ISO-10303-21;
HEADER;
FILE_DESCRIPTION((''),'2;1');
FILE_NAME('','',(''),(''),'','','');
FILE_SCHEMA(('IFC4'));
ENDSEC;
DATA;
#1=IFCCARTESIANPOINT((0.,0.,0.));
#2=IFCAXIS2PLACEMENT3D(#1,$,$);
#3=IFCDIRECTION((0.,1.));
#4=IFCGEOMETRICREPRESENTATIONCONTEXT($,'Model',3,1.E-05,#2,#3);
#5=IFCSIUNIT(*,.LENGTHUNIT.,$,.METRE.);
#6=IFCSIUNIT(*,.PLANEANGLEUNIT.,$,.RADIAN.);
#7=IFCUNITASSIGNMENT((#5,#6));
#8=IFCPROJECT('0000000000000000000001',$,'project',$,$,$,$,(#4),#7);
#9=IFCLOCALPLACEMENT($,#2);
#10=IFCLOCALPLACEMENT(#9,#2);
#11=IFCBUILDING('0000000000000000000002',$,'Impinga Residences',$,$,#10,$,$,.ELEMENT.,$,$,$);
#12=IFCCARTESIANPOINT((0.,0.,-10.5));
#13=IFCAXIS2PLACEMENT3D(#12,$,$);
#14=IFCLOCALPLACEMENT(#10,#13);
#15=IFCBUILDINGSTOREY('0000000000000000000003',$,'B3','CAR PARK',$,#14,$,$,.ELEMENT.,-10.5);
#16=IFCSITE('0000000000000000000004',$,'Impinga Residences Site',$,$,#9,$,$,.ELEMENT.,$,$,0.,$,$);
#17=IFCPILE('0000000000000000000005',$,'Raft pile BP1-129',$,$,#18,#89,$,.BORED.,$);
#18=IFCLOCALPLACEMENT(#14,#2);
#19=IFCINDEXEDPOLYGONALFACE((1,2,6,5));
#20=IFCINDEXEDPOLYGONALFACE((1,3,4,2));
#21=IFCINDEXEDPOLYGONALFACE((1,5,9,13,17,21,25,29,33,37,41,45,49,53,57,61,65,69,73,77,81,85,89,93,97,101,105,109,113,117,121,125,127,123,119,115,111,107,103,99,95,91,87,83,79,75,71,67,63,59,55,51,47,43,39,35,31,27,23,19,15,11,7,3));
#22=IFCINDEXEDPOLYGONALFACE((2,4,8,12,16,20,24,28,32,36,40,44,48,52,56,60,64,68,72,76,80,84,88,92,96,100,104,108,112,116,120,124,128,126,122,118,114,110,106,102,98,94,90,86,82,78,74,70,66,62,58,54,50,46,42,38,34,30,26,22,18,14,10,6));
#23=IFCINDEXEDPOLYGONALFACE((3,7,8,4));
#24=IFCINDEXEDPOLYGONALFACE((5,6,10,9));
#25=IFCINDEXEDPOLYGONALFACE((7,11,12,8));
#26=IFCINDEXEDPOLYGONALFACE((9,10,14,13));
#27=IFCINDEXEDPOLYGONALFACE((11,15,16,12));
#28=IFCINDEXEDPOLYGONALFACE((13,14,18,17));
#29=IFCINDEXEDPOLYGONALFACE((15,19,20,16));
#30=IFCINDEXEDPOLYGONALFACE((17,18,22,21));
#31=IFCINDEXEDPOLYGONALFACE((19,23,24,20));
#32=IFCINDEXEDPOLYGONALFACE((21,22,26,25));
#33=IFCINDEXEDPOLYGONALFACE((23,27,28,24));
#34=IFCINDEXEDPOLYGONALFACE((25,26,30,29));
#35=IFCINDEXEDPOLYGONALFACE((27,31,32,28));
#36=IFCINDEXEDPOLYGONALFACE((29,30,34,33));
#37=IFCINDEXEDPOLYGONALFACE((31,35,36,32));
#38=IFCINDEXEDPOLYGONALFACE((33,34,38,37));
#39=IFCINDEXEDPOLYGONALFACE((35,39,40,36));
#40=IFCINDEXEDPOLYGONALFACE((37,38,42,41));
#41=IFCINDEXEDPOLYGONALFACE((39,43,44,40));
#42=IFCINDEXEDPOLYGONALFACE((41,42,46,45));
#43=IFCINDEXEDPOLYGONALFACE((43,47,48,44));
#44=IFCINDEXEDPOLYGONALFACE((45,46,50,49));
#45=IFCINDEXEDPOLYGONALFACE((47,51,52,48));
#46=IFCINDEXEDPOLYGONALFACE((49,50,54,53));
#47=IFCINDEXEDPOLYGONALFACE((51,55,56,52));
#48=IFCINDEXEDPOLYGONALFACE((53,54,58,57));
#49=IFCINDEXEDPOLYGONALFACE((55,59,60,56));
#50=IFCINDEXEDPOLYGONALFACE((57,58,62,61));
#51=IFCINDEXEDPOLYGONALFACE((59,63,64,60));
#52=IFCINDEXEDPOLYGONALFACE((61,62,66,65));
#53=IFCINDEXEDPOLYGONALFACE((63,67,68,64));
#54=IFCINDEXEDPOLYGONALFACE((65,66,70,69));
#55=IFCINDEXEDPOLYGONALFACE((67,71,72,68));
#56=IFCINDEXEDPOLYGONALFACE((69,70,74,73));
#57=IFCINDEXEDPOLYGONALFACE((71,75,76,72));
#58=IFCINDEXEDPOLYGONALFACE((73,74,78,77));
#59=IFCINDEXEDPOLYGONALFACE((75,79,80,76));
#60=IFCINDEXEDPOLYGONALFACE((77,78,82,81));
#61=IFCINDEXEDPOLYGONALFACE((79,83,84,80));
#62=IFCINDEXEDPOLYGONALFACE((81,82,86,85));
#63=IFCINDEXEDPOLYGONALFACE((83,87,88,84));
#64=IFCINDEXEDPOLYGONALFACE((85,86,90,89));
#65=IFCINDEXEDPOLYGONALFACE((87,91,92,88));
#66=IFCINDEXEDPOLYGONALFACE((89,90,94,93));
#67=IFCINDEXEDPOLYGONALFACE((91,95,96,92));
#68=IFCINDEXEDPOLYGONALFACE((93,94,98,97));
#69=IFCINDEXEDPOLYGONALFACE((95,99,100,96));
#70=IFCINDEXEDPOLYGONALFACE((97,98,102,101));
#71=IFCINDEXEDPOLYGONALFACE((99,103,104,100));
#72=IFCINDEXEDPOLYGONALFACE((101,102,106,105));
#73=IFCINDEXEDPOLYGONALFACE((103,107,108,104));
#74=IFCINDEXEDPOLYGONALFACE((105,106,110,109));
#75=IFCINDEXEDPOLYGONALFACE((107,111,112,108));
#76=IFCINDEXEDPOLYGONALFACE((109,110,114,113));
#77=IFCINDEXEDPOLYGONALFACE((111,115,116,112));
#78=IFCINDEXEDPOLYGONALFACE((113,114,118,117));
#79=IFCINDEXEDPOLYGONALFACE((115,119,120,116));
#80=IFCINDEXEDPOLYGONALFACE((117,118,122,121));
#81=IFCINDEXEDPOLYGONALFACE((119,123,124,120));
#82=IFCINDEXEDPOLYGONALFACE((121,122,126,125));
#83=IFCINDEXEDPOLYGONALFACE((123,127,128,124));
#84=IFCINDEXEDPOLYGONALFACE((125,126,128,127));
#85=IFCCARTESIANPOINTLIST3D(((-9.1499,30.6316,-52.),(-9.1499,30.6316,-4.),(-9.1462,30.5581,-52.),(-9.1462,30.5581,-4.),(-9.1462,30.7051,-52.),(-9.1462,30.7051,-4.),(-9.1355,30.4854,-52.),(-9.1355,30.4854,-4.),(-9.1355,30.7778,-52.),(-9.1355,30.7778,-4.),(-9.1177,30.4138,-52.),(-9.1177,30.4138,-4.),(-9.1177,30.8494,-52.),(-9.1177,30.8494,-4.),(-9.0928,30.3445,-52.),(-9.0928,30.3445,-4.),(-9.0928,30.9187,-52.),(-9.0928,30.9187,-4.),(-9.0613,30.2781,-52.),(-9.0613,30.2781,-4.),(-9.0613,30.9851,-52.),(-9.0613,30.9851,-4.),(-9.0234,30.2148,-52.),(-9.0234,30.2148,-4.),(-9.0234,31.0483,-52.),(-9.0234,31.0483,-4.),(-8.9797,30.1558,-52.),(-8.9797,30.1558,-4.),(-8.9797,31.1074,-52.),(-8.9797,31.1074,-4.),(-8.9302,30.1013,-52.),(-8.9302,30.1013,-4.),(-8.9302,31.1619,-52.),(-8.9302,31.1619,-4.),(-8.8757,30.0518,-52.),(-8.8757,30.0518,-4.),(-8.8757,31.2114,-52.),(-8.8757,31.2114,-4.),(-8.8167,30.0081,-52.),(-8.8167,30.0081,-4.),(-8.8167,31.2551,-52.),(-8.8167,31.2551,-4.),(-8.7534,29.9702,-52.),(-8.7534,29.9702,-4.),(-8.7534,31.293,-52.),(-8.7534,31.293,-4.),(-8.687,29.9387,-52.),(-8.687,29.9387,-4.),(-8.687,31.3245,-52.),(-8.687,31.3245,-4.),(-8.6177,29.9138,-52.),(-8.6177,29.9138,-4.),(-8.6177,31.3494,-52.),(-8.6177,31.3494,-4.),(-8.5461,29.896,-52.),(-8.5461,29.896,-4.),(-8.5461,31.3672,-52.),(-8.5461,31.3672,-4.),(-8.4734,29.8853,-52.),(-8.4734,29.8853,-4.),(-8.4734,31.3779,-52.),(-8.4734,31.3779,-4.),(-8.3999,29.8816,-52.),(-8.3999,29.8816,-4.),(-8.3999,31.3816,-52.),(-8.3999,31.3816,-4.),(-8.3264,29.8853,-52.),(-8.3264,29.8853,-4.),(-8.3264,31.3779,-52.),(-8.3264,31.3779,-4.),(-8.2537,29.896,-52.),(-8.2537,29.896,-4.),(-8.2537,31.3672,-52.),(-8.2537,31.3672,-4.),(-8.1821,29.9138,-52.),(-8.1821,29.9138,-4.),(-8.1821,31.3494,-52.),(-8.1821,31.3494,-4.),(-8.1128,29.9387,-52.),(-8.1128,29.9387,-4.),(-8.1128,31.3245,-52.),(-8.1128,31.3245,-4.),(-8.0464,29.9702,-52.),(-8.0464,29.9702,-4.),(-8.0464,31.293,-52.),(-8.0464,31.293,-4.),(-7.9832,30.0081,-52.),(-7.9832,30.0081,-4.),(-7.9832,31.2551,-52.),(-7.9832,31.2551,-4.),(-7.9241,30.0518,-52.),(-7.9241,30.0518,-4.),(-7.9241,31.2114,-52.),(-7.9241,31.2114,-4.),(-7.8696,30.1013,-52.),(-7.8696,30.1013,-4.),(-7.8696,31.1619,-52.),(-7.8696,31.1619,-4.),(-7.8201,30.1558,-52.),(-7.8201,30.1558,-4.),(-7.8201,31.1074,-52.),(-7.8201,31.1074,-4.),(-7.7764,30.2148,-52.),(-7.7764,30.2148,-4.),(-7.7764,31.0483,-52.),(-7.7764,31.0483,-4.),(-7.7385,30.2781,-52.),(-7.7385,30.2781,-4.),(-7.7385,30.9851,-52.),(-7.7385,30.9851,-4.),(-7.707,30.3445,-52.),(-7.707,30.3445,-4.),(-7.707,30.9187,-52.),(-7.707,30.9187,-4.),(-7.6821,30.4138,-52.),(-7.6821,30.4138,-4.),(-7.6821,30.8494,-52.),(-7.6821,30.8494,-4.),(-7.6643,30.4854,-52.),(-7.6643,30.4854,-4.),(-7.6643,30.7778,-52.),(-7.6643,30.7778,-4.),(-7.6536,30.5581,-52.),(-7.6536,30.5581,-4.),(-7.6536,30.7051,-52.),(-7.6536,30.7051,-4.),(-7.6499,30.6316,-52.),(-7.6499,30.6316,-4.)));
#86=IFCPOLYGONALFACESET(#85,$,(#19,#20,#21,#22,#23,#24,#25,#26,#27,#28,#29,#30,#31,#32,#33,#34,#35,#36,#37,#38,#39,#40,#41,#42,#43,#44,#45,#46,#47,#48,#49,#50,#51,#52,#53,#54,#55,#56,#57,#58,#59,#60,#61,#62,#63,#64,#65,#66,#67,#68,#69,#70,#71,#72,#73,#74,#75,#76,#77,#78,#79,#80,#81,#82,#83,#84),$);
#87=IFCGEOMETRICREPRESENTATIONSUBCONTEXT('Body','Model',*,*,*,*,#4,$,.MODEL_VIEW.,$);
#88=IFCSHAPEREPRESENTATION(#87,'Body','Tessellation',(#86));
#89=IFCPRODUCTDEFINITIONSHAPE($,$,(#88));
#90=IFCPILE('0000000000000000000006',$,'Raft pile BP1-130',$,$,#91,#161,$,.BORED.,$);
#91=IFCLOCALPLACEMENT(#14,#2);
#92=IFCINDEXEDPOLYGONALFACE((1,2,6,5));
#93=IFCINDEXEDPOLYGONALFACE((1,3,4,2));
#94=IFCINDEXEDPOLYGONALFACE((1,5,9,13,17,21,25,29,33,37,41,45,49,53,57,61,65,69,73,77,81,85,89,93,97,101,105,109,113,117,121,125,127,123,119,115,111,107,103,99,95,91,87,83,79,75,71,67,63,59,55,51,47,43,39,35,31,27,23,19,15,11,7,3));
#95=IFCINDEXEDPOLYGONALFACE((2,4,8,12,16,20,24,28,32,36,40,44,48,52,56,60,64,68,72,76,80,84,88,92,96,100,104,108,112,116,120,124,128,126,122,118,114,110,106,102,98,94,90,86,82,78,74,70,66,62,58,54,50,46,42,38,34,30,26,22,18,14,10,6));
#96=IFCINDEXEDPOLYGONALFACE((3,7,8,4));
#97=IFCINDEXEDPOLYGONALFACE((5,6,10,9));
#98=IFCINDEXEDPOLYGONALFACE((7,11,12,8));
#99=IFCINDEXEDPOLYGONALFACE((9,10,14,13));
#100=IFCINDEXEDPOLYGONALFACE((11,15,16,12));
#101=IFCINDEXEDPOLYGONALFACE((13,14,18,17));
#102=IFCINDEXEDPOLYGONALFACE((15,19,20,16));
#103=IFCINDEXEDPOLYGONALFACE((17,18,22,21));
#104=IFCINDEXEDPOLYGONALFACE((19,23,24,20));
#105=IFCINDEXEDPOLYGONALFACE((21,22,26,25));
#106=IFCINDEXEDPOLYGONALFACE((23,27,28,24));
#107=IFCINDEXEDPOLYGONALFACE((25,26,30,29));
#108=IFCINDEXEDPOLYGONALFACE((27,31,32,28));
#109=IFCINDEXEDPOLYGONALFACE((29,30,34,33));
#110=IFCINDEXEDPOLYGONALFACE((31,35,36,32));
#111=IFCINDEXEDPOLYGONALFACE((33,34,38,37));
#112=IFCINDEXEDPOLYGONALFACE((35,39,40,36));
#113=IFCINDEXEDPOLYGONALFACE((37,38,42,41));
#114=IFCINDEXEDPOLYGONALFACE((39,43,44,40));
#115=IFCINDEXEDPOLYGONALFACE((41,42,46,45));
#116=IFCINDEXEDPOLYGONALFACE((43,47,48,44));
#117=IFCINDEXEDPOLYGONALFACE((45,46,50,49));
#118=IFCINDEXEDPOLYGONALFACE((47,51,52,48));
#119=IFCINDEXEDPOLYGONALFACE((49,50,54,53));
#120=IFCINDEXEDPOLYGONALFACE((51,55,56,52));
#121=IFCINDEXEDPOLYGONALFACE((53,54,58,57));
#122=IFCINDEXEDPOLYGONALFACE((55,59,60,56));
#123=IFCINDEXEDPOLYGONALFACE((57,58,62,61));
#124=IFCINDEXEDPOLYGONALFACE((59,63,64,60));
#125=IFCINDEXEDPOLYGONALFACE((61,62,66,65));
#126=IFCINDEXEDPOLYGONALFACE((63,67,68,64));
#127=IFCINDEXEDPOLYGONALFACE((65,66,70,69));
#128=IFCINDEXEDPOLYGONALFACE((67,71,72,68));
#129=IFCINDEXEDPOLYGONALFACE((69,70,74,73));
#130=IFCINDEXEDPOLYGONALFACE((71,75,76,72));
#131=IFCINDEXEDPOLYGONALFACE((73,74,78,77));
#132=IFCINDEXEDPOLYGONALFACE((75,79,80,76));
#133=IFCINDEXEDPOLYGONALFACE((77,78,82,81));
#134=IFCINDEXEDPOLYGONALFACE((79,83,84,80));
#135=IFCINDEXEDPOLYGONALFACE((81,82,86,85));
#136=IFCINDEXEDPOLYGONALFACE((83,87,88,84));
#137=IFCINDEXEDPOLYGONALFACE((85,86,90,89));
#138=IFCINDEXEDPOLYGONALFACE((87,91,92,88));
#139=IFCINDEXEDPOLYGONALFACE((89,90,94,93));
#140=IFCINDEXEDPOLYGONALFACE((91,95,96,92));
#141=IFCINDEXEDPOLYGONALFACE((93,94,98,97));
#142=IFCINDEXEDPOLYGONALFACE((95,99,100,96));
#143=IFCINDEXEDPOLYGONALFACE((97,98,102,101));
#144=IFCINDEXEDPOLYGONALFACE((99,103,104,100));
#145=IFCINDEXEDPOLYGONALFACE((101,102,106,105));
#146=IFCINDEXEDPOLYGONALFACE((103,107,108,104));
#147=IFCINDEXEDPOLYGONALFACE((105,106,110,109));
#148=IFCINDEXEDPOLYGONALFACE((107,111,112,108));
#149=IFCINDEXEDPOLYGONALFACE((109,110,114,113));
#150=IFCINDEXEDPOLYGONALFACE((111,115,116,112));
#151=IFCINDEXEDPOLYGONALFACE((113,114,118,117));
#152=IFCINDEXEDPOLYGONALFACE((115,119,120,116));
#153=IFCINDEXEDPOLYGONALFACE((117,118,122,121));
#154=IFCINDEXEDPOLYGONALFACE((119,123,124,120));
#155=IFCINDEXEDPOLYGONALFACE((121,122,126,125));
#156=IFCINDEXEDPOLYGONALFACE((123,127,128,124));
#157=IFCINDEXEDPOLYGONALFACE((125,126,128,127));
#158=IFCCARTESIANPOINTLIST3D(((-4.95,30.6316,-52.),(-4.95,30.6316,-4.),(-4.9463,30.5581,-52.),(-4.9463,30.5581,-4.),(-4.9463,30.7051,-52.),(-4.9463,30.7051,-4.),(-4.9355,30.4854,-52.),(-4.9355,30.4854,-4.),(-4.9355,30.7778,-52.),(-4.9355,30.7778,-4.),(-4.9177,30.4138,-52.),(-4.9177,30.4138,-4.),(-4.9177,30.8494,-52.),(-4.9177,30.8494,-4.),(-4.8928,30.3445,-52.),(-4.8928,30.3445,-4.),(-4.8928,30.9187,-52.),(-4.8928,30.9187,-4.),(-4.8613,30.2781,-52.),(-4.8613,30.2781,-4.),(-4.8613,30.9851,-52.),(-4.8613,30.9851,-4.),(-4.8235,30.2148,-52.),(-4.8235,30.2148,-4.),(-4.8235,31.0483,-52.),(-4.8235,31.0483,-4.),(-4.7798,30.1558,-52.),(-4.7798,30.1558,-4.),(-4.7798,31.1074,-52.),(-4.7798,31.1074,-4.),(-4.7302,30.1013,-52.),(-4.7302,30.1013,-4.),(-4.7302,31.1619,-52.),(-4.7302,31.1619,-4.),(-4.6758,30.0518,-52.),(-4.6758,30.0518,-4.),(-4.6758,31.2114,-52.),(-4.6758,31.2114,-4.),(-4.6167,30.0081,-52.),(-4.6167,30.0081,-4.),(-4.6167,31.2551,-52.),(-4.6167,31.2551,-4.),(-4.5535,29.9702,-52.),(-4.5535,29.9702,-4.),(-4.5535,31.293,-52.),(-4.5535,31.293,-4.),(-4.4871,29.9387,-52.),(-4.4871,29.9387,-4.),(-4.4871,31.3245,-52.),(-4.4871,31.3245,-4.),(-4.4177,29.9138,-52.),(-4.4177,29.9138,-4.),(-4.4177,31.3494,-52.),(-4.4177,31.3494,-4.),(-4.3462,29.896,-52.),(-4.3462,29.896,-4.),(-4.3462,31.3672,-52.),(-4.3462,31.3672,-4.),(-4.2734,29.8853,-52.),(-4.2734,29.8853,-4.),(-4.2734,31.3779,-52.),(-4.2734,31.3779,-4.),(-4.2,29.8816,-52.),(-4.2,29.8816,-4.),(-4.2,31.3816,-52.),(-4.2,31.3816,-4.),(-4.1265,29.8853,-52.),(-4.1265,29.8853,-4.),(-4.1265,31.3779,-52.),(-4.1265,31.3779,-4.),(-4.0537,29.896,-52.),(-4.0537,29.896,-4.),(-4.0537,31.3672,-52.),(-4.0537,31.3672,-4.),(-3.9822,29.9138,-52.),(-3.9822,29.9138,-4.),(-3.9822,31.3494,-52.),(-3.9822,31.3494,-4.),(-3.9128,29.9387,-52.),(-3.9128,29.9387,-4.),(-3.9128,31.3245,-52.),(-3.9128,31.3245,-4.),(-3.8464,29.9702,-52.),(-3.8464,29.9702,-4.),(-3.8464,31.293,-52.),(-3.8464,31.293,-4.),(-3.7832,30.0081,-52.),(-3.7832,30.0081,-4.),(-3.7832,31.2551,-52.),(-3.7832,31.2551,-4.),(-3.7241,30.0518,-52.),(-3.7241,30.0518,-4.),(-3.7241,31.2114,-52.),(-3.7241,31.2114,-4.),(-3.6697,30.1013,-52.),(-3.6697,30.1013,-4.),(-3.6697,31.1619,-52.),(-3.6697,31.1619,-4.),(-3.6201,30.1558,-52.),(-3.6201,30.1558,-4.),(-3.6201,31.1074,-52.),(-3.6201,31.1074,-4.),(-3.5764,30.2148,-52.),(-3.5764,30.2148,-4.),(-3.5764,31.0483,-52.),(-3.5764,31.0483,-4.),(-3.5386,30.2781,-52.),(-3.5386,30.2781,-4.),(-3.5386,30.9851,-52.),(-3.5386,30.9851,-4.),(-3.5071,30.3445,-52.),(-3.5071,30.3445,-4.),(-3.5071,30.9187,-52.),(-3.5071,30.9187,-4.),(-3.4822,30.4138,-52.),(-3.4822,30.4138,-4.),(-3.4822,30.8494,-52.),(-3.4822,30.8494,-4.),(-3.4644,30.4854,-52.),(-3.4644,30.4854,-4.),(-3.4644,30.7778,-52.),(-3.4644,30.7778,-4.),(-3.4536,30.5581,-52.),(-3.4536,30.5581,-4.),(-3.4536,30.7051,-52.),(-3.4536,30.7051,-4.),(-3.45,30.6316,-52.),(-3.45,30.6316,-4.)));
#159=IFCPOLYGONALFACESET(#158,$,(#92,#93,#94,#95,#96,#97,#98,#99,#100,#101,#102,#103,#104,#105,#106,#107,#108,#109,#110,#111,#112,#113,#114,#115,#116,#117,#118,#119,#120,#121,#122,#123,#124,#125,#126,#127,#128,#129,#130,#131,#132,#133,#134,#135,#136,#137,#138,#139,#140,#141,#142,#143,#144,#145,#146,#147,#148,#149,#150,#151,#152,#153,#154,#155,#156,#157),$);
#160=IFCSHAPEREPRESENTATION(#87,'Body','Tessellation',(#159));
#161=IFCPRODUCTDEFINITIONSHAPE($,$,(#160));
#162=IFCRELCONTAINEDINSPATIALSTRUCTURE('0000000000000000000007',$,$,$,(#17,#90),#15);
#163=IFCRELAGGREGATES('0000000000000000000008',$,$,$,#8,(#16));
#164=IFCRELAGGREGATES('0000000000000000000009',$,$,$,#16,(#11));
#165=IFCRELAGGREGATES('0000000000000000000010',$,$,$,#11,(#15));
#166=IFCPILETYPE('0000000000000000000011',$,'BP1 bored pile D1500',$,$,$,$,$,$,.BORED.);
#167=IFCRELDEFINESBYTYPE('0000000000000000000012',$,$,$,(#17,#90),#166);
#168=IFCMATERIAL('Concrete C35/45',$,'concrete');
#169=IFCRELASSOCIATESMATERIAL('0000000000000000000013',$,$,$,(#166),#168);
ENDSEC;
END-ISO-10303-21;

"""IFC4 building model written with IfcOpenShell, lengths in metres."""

from ifc_helpers import new_model, si_unit, direction, frame, origin, origin_2d, place, context, subcontext, project, spatial, polyline, circle, outline, extrude, material, material_profile, profile_set, type_object, element, save


model = new_model("IFC4")

# Units and contexts
model_context = context("Model", 3, precision=1e-05, world=origin(), true_north=direction((0.0, 1.0)))
body_context = subcontext(model_context, "Body", "Model", "MODEL_VIEW")
ifc_project = project(units=[si_unit("LENGTHUNIT", "METRE"), si_unit("PLANEANGLEUNIT", "RADIAN")], contexts=[model_context])

# Site, building, storey
site_placement = place(None, origin())
site = spatial("IfcSite", under=ifc_project, at=site_placement, Name="Impinga Residences Site", CompositionType="ELEMENT", RefElevation=0.0)
building_placement = place(site_placement, origin())
building = spatial("IfcBuilding", under=site, at=building_placement, Name="Impinga Residences", CompositionType="ELEMENT")
storey_placement = place(building_placement, frame((0.0, 0.0, -10.5)))
storey = spatial("IfcBuildingStorey", under=building, at=storey_placement, Name="B3", Description="CAR PARK", CompositionType="ELEMENT", Elevation=-10.5)

# Piles
ifc_material_1 = material(Name="Concrete C35/45", Category="concrete")
ifc_material_profile_1 = material_profile(ifc_material_1, circle(Radius=0.75, at=origin_2d()), Name="D1500")
ifc_profile_set_1 = profile_set([ifc_material_profile_1], Name="Concrete C35/45")
pile_type_1 = type_object("IfcPileType", Name="BP1 bored pile D1500", PredefinedType="BORED", material=ifc_profile_set_1)
pile_1_placement = place(storey_placement, frame((-8.3999, 30.6316, -4.0), z_axis=(0.0, 0.0, -1.0), x_axis=(1.0, 0.0, 0.0)))
element("IfcPile", 1, at=pile_1_placement, inside=storey, type_object=pile_type_1, Name="Raft pile BP1-129", PredefinedType="BORED", context=body_context, shape_type="SweptSolid", body=[
    extrude(outline(polyline([(0.75, 0.0), (0.7463, 0.0735), (0.7356, 0.1462), (0.7178, 0.2178), (0.6929, 0.2871), (0.6614, 0.3535), (0.6235, 0.4167), (0.5798, 0.4758), (0.5303, 0.5303), (0.4758, 0.5798), (0.4167, 0.6235), (0.3535, 0.6614), (0.2871, 0.6929), (0.2178, 0.7178), (0.1462, 0.7356), (0.0735, 0.7463), (0.0, 0.75), (-0.0735, 0.7463), (-0.1462, 0.7356), (-0.2178, 0.7178), (-0.2871, 0.6929), (-0.3535, 0.6614), (-0.4167, 0.6235), (-0.4758, 0.5798), (-0.5303, 0.5303), (-0.5798, 0.4758), (-0.6235, 0.4167), (-0.6614, 0.3535), (-0.6929, 0.2871), (-0.7178, 0.2178), (-0.7356, 0.1462), (-0.7463, 0.0735), (-0.75, 0.0), (-0.7463, -0.0735), (-0.7356, -0.1462), (-0.7178, -0.2178), (-0.6929, -0.2871), (-0.6614, -0.3535), (-0.6235, -0.4167), (-0.5798, -0.4758), (-0.5303, -0.5303), (-0.4758, -0.5798), (-0.4167, -0.6235), (-0.3535, -0.6614), (-0.2871, -0.6929), (-0.2178, -0.7178), (-0.1462, -0.7356), (-0.0735, -0.7463), (0.0, -0.75), (0.0735, -0.7463), (0.1462, -0.7356), (0.2178, -0.7178), (0.2871, -0.6929), (0.3535, -0.6614), (0.4167, -0.6235), (0.4758, -0.5798), (0.5303, -0.5303), (0.5798, -0.4758), (0.6235, -0.4167), (0.6614, -0.3535), (0.6929, -0.2871), (0.7178, -0.2178), (0.7356, -0.1462), (0.7463, -0.0735), (0.75, 0.0)])), origin(), (0.0, 0.0, 1.0), 48.0),
])
pile_2_placement = place(storey_placement, frame((-4.2, 30.6316, -4.0), z_axis=(0.0, 0.0, -1.0), x_axis=(1.0, 0.0, 0.0)))
element("IfcPile", 2, at=pile_2_placement, inside=storey, type_object=pile_type_1, Name="Raft pile BP1-130", PredefinedType="BORED", context=body_context, shape_type="SweptSolid", body=[
    extrude(outline(polyline([(0.75, 0.0), (0.7463, 0.0735), (0.7356, 0.1462), (0.7178, 0.2178), (0.6929, 0.2871), (0.6614, 0.3535), (0.6235, 0.4167), (0.5798, 0.4758), (0.5303, 0.5303), (0.4758, 0.5798), (0.4167, 0.6235), (0.3535, 0.6614), (0.2871, 0.6929), (0.2178, 0.7178), (0.1462, 0.7356), (0.0735, 0.7463), (0.0, 0.75), (-0.0735, 0.7463), (-0.1462, 0.7356), (-0.2178, 0.7178), (-0.2871, 0.6929), (-0.3535, 0.6614), (-0.4167, 0.6235), (-0.4758, 0.5798), (-0.5303, 0.5303), (-0.5798, 0.4758), (-0.6235, 0.4167), (-0.6614, 0.3535), (-0.6929, 0.2871), (-0.7178, 0.2178), (-0.7356, 0.1462), (-0.7463, 0.0735), (-0.75, 0.0), (-0.7463, -0.0735), (-0.7356, -0.1462), (-0.7178, -0.2178), (-0.6929, -0.2871), (-0.6614, -0.3535), (-0.6235, -0.4167), (-0.5798, -0.4758), (-0.5303, -0.5303), (-0.4758, -0.5798), (-0.4167, -0.6235), (-0.3535, -0.6614), (-0.2871, -0.6929), (-0.2178, -0.7178), (-0.1462, -0.7356), (-0.0735, -0.7463), (0.0, -0.75), (0.0735, -0.7463), (0.1462, -0.7356), (0.2178, -0.7178), (0.2871, -0.6929), (0.3535, -0.6614), (0.4167, -0.6235), (0.4758, -0.5798), (0.5303, -0.5303), (0.5798, -0.4758), (0.6235, -0.4167), (0.6614, -0.3535), (0.6929, -0.2871), (0.7178, -0.2178), (0.7356, -0.1462), (0.7463, -0.0735), (0.75, 0.0)])), origin(), (0.0, 0.0, 1.0), 48.0),
])

save(model, "model.ifc")
